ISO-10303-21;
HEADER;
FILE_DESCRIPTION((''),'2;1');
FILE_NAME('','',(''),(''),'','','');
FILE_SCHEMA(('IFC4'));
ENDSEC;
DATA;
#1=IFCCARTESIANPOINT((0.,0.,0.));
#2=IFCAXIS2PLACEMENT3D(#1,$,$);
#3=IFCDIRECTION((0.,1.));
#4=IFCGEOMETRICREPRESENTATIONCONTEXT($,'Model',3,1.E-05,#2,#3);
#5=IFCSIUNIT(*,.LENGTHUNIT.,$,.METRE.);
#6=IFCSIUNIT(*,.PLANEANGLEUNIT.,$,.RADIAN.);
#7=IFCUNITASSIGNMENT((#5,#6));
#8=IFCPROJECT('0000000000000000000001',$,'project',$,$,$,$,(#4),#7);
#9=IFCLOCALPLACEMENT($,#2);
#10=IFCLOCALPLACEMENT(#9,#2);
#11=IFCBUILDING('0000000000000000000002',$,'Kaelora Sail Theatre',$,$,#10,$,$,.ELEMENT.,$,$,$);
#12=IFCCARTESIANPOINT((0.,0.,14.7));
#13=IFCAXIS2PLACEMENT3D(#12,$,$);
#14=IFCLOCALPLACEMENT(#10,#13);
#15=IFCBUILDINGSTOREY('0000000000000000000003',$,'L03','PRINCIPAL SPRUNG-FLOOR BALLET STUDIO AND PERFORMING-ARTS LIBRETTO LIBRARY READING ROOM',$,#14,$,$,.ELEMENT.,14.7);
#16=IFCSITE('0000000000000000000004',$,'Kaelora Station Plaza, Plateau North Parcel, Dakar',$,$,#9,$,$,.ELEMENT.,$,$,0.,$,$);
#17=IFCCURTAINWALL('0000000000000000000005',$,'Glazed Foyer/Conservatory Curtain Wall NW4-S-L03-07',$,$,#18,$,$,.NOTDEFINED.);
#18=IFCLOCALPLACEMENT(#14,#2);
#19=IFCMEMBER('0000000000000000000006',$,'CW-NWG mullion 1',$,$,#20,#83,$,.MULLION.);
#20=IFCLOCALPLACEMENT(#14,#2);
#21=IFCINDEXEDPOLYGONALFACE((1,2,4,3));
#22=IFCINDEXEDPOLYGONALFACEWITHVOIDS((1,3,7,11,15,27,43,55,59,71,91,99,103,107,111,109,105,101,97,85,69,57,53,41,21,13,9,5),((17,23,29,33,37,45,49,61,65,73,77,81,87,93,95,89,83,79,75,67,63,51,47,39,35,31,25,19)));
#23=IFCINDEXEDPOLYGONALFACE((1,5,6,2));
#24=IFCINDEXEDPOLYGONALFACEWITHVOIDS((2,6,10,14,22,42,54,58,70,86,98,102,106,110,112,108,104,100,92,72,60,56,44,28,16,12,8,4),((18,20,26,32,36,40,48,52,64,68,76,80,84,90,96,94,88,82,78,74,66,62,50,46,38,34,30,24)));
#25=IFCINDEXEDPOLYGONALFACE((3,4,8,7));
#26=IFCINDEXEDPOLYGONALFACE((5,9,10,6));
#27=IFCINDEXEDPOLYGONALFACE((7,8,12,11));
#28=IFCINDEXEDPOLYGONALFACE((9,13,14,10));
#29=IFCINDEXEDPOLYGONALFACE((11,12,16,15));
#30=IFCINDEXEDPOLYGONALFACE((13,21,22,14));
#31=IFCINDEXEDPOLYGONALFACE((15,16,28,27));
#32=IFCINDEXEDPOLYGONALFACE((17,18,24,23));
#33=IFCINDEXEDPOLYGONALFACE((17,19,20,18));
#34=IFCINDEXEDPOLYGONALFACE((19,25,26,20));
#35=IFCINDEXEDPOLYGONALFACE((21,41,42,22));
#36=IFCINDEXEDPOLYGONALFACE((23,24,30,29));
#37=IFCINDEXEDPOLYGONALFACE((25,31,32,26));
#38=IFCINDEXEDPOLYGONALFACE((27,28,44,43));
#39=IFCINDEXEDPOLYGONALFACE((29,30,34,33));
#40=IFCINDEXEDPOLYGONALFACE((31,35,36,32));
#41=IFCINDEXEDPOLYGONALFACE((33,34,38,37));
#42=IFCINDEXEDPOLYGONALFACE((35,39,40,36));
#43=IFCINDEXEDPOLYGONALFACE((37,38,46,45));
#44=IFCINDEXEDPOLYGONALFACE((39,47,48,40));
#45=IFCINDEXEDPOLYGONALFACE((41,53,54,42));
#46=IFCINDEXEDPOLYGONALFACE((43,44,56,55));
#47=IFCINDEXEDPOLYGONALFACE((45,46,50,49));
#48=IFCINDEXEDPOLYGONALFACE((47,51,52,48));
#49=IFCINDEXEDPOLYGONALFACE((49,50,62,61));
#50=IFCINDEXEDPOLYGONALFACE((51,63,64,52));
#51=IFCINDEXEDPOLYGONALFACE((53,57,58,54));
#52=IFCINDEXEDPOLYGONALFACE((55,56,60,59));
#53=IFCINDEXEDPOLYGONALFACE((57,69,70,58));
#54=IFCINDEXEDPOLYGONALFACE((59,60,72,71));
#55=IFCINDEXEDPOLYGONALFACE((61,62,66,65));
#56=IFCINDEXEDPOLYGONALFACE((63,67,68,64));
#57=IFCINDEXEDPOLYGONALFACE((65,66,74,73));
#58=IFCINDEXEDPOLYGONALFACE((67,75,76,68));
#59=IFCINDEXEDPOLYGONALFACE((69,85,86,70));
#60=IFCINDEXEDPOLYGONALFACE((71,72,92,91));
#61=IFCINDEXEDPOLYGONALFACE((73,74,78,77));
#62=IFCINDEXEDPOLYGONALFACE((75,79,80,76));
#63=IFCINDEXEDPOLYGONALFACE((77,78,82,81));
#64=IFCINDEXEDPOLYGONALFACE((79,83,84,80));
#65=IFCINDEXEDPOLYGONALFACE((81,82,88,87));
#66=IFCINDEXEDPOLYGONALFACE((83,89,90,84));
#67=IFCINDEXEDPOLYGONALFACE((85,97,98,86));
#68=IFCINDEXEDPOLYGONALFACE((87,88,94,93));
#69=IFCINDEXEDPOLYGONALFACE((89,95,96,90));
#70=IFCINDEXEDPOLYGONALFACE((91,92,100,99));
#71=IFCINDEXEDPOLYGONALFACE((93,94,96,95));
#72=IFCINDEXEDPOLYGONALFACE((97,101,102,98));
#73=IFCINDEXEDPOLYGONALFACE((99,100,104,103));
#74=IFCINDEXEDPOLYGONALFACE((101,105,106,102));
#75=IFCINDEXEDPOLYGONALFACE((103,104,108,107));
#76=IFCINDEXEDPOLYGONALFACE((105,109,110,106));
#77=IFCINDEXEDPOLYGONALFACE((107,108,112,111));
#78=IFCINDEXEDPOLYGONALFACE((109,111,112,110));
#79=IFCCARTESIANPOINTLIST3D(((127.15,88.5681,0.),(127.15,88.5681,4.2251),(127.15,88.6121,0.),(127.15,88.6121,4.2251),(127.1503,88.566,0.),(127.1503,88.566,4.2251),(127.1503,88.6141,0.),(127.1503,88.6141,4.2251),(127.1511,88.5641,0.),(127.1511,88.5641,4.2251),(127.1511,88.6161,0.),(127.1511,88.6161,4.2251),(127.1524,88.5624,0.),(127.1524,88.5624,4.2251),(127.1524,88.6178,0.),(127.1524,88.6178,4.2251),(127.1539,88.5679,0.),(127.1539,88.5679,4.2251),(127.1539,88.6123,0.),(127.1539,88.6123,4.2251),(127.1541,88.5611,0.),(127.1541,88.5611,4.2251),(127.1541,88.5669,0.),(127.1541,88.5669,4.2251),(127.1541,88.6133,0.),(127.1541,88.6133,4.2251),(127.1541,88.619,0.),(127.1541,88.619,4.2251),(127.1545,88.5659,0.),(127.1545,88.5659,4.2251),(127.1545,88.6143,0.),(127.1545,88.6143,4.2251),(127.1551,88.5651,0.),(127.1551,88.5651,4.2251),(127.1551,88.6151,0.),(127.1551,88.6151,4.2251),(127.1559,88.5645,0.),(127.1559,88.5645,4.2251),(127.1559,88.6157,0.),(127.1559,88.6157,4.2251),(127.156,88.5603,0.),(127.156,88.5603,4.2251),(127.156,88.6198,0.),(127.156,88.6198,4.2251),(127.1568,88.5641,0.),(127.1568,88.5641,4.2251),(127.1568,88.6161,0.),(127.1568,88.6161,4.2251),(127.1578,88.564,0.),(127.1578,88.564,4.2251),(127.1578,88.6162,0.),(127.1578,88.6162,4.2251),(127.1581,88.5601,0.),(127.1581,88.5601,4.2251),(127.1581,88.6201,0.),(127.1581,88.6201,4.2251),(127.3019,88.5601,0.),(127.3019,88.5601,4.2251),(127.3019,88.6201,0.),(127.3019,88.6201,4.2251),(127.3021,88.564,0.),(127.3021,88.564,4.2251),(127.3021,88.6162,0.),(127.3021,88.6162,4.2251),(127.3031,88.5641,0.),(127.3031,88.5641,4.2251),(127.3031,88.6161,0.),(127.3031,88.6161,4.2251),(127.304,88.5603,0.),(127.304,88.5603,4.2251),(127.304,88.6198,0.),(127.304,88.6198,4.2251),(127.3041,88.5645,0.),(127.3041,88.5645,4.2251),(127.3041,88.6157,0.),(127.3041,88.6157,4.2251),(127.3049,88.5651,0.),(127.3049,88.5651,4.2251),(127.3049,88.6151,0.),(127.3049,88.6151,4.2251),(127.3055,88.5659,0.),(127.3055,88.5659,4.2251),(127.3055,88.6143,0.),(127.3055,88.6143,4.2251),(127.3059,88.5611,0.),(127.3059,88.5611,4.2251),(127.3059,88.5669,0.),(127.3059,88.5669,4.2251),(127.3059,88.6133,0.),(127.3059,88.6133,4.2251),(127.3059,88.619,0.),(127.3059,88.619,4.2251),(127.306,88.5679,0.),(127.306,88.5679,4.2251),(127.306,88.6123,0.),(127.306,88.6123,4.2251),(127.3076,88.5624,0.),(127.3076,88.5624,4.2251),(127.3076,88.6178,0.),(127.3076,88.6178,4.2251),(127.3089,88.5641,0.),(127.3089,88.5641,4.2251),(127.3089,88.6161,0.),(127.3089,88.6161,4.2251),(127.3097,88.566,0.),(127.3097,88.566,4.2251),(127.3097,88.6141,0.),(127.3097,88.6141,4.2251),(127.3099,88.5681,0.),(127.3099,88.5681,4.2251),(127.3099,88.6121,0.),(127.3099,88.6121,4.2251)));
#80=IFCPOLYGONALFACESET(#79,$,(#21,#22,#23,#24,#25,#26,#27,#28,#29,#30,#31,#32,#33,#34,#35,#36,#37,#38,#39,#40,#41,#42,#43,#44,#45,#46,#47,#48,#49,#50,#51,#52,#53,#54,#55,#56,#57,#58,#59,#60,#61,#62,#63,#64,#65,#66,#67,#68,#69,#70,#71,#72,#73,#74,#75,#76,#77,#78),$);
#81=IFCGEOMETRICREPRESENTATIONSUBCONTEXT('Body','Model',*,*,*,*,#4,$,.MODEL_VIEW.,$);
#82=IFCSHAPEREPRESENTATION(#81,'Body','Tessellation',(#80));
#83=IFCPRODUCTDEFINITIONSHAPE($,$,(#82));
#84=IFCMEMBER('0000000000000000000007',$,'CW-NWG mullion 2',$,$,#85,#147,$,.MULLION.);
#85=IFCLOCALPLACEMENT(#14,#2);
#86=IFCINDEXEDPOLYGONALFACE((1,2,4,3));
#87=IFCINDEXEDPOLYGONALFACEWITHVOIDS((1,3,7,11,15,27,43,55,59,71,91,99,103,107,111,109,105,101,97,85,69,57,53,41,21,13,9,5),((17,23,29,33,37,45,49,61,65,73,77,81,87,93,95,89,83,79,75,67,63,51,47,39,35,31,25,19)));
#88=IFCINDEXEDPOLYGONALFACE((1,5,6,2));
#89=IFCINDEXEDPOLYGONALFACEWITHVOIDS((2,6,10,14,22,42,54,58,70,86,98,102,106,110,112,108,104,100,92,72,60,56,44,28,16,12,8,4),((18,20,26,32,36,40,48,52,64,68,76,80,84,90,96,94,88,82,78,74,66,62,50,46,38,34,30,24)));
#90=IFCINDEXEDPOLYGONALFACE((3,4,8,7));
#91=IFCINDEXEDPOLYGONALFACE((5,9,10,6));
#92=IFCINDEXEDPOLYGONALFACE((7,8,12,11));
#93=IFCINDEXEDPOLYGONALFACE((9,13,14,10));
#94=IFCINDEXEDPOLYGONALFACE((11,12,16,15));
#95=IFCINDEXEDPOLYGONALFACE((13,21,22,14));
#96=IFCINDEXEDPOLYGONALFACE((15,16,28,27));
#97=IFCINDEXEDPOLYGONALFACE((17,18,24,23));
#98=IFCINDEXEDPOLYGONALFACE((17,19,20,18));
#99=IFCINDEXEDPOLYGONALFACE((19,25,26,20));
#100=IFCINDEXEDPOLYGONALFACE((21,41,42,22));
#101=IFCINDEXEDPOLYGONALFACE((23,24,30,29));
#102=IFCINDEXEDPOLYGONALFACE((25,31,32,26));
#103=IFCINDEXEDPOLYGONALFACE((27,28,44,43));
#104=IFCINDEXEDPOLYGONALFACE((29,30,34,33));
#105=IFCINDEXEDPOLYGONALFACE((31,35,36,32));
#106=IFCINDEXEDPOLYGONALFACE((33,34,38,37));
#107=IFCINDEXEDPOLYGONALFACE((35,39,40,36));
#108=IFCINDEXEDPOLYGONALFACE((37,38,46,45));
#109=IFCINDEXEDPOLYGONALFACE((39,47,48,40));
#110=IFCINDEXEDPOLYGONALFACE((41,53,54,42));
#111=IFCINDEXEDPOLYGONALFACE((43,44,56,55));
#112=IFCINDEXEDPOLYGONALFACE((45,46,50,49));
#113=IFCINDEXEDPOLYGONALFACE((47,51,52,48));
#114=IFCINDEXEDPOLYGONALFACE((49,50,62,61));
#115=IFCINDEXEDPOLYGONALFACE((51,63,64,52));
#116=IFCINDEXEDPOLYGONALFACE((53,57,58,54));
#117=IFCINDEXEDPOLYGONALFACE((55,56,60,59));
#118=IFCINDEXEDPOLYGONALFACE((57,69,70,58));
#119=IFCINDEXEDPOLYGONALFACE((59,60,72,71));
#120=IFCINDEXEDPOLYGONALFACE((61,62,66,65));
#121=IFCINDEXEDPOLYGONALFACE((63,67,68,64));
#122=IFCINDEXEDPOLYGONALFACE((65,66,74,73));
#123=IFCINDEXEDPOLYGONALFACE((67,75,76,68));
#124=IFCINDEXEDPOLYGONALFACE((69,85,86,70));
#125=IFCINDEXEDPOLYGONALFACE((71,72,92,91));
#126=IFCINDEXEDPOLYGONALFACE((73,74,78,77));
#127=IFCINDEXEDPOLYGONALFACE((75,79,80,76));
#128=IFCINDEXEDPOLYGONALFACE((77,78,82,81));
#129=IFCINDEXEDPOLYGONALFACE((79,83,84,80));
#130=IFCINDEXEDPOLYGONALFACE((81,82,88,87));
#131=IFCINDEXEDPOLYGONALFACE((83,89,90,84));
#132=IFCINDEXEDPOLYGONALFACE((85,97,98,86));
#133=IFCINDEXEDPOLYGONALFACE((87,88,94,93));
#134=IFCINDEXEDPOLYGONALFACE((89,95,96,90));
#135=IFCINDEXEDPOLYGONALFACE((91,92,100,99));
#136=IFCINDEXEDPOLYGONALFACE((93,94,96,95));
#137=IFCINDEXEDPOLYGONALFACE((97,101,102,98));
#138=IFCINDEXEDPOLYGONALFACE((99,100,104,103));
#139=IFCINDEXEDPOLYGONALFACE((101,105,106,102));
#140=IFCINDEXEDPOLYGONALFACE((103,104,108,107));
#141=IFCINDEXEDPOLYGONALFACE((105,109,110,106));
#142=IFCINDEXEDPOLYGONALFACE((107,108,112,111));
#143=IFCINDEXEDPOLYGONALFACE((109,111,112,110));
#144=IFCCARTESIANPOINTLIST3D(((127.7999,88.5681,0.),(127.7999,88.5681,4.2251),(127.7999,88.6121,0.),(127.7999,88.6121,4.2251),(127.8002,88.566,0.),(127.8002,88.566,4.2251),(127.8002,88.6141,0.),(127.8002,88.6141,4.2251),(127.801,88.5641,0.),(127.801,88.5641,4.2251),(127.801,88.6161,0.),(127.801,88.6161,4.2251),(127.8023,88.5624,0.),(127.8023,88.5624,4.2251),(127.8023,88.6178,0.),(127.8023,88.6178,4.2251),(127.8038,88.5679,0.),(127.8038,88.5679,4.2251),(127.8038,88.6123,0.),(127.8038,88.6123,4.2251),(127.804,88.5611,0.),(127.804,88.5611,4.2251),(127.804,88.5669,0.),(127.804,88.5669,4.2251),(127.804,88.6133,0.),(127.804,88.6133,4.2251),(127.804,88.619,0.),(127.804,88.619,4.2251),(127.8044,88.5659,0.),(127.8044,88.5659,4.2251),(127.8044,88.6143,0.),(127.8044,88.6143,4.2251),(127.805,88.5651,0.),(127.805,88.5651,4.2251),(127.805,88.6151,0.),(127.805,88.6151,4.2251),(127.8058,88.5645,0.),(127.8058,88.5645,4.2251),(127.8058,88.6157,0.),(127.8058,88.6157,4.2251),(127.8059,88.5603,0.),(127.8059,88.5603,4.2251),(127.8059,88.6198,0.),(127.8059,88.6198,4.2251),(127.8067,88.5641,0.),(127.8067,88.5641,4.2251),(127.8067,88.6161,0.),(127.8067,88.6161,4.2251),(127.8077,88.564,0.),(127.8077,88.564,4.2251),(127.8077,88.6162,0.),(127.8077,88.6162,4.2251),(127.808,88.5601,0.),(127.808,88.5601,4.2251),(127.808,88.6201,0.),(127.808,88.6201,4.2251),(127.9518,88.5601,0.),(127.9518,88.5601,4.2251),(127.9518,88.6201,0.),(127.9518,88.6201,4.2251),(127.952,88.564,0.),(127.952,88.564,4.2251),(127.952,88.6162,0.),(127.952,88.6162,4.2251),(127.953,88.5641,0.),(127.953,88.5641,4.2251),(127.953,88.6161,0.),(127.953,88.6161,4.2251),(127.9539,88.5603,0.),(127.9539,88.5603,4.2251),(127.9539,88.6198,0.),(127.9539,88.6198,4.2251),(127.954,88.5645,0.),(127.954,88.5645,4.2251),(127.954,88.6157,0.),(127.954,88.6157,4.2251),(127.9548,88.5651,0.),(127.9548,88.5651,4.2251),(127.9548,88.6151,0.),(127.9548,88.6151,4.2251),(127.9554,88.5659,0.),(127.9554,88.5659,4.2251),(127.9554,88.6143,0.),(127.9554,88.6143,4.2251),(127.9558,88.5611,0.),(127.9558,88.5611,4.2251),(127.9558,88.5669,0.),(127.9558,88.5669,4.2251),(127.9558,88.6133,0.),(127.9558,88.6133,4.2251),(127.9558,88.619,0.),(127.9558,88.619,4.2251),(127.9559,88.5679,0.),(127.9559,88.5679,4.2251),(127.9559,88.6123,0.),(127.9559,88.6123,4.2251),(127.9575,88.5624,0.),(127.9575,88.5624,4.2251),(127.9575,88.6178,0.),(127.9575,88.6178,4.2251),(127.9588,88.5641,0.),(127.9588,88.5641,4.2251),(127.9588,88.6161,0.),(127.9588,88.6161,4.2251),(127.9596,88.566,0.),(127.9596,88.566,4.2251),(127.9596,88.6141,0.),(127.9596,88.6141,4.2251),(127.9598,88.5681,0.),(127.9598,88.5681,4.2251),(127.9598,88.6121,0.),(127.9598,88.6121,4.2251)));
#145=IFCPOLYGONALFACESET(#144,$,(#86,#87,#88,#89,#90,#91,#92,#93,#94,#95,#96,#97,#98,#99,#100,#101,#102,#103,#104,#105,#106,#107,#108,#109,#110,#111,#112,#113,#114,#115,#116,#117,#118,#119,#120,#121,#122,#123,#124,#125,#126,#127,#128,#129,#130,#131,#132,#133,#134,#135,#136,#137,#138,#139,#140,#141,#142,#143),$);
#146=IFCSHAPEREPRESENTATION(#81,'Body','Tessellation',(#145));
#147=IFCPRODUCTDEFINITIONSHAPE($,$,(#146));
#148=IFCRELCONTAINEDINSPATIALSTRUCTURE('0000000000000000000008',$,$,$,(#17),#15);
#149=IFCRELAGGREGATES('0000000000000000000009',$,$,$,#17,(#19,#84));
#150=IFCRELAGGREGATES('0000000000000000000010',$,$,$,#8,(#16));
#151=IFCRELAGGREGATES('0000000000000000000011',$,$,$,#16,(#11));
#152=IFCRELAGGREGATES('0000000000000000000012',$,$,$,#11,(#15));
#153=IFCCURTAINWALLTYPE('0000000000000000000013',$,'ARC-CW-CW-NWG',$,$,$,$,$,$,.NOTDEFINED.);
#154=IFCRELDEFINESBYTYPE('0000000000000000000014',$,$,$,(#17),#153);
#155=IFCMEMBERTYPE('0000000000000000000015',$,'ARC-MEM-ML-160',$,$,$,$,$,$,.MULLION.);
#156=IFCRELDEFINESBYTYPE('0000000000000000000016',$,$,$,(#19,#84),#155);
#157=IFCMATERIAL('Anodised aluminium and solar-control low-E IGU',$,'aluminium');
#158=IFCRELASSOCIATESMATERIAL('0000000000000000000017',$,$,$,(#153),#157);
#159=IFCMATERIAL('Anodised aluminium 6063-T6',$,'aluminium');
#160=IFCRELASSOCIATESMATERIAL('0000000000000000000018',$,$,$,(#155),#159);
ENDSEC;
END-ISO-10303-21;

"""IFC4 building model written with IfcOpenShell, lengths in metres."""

from ifc_helpers import new_model, si_unit, direction, frame, origin, origin_2d, place, context, subcontext, project, spatial, hollow_rectangle, extrude, material, material_profile, profile_set, type_object, element, aggregate, save


model = new_model("IFC4")

# Units and contexts
model_context = context("Model", 3, precision=1e-05, world=origin(), true_north=direction((0.0, 1.0)))
body_context = subcontext(model_context, "Body", "Model", "MODEL_VIEW")
ifc_project = project(units=[si_unit("LENGTHUNIT", "METRE"), si_unit("PLANEANGLEUNIT", "RADIAN")], contexts=[model_context])

# Site, building, storey
site_placement = place(None, origin())
site = spatial("IfcSite", under=ifc_project, at=site_placement, Name="Kaelora Station Plaza, Plateau North Parcel, Dakar", CompositionType="ELEMENT", RefElevation=0.0)
building_placement = place(site_placement, origin())
building = spatial("IfcBuilding", under=site, at=building_placement, Name="Kaelora Sail Theatre", CompositionType="ELEMENT")
storey_placement = place(building_placement, frame((0.0, 0.0, 14.7)))
storey = spatial("IfcBuildingStorey", under=building, at=storey_placement, Name="L03", Description="PRINCIPAL SPRUNG-FLOOR BALLET STUDIO AND PERFORMING-ARTS LIBRETTO LIBRARY READING ROOM", CompositionType="ELEMENT", Elevation=14.7)

# Curtain wall, members
ifc_material_1 = material(Name="Anodised aluminium and solar-control low-E IGU", Category="aluminium")
curtain_wall_type = type_object("IfcCurtainWallType", Name="ARC-CW-CW-NWG", PredefinedType="NOTDEFINED", material=ifc_material_1)
ifc_material_2 = material(Name="Anodised aluminium 6063-T6", Category="aluminium")
ifc_material_profile_1 = material_profile(ifc_material_2, hollow_rectangle(XDim=0.0601, YDim=0.1599, WallThickness=0.0039, InnerFilletRadius=0.0039, OuterFilletRadius=0.0081, at=origin_2d()), Name="ALU-MULL 60x160x4")
ifc_profile_set_1 = profile_set([ifc_material_profile_1], Name="Anodised aluminium 6063-T6")
member_type_1 = type_object("IfcMemberType", Name="ARC-MEM-ML-160", PredefinedType="MULLION", material=ifc_profile_set_1)
curtain_wall_1_placement = place(storey_placement, origin())
curtain_wall_1 = element("IfcCurtainWall", 1, at=curtain_wall_1_placement, inside=storey, type_object=curtain_wall_type, Name="Glazed Foyer/Conservatory Curtain Wall NW4-S-L03-07", PredefinedType="NOTDEFINED")
member_1_placement = place(storey_placement, frame((127.23, 88.5901, 0.0), z_axis=(0.0, 0.0, 1.0), x_axis=(0.0, 1.0, 0.0)))
member_1 = element("IfcMember", 2, at=member_1_placement, type_object=member_type_1, Name="CW-NWG mullion 1", PredefinedType="MULLION", context=body_context, shape_type="SweptSolid", body=[
    extrude(hollow_rectangle(XDim=0.0601, YDim=0.1599, WallThickness=0.0039, InnerFilletRadius=0.0039, OuterFilletRadius=0.0081, at=origin_2d()), origin(), (0.0, 0.0, 1.0), 4.2251),
])
member_2_placement = place(storey_placement, frame((127.8799, 88.5901, 0.0), z_axis=(0.0, 0.0, 1.0), x_axis=(0.0, 1.0, 0.0)))
member_2 = element("IfcMember", 3, at=member_2_placement, type_object=member_type_1, Name="CW-NWG mullion 2", PredefinedType="MULLION", context=body_context, shape_type="SweptSolid", body=[
    extrude(hollow_rectangle(XDim=0.0601, YDim=0.1599, WallThickness=0.0039, InnerFilletRadius=0.0039, OuterFilletRadius=0.0081, at=origin_2d()), origin(), (0.0, 0.0, 1.0), 4.2251),
])

aggregate(curtain_wall_1, [member_1, member_2])

save(model, "model.ifc")
